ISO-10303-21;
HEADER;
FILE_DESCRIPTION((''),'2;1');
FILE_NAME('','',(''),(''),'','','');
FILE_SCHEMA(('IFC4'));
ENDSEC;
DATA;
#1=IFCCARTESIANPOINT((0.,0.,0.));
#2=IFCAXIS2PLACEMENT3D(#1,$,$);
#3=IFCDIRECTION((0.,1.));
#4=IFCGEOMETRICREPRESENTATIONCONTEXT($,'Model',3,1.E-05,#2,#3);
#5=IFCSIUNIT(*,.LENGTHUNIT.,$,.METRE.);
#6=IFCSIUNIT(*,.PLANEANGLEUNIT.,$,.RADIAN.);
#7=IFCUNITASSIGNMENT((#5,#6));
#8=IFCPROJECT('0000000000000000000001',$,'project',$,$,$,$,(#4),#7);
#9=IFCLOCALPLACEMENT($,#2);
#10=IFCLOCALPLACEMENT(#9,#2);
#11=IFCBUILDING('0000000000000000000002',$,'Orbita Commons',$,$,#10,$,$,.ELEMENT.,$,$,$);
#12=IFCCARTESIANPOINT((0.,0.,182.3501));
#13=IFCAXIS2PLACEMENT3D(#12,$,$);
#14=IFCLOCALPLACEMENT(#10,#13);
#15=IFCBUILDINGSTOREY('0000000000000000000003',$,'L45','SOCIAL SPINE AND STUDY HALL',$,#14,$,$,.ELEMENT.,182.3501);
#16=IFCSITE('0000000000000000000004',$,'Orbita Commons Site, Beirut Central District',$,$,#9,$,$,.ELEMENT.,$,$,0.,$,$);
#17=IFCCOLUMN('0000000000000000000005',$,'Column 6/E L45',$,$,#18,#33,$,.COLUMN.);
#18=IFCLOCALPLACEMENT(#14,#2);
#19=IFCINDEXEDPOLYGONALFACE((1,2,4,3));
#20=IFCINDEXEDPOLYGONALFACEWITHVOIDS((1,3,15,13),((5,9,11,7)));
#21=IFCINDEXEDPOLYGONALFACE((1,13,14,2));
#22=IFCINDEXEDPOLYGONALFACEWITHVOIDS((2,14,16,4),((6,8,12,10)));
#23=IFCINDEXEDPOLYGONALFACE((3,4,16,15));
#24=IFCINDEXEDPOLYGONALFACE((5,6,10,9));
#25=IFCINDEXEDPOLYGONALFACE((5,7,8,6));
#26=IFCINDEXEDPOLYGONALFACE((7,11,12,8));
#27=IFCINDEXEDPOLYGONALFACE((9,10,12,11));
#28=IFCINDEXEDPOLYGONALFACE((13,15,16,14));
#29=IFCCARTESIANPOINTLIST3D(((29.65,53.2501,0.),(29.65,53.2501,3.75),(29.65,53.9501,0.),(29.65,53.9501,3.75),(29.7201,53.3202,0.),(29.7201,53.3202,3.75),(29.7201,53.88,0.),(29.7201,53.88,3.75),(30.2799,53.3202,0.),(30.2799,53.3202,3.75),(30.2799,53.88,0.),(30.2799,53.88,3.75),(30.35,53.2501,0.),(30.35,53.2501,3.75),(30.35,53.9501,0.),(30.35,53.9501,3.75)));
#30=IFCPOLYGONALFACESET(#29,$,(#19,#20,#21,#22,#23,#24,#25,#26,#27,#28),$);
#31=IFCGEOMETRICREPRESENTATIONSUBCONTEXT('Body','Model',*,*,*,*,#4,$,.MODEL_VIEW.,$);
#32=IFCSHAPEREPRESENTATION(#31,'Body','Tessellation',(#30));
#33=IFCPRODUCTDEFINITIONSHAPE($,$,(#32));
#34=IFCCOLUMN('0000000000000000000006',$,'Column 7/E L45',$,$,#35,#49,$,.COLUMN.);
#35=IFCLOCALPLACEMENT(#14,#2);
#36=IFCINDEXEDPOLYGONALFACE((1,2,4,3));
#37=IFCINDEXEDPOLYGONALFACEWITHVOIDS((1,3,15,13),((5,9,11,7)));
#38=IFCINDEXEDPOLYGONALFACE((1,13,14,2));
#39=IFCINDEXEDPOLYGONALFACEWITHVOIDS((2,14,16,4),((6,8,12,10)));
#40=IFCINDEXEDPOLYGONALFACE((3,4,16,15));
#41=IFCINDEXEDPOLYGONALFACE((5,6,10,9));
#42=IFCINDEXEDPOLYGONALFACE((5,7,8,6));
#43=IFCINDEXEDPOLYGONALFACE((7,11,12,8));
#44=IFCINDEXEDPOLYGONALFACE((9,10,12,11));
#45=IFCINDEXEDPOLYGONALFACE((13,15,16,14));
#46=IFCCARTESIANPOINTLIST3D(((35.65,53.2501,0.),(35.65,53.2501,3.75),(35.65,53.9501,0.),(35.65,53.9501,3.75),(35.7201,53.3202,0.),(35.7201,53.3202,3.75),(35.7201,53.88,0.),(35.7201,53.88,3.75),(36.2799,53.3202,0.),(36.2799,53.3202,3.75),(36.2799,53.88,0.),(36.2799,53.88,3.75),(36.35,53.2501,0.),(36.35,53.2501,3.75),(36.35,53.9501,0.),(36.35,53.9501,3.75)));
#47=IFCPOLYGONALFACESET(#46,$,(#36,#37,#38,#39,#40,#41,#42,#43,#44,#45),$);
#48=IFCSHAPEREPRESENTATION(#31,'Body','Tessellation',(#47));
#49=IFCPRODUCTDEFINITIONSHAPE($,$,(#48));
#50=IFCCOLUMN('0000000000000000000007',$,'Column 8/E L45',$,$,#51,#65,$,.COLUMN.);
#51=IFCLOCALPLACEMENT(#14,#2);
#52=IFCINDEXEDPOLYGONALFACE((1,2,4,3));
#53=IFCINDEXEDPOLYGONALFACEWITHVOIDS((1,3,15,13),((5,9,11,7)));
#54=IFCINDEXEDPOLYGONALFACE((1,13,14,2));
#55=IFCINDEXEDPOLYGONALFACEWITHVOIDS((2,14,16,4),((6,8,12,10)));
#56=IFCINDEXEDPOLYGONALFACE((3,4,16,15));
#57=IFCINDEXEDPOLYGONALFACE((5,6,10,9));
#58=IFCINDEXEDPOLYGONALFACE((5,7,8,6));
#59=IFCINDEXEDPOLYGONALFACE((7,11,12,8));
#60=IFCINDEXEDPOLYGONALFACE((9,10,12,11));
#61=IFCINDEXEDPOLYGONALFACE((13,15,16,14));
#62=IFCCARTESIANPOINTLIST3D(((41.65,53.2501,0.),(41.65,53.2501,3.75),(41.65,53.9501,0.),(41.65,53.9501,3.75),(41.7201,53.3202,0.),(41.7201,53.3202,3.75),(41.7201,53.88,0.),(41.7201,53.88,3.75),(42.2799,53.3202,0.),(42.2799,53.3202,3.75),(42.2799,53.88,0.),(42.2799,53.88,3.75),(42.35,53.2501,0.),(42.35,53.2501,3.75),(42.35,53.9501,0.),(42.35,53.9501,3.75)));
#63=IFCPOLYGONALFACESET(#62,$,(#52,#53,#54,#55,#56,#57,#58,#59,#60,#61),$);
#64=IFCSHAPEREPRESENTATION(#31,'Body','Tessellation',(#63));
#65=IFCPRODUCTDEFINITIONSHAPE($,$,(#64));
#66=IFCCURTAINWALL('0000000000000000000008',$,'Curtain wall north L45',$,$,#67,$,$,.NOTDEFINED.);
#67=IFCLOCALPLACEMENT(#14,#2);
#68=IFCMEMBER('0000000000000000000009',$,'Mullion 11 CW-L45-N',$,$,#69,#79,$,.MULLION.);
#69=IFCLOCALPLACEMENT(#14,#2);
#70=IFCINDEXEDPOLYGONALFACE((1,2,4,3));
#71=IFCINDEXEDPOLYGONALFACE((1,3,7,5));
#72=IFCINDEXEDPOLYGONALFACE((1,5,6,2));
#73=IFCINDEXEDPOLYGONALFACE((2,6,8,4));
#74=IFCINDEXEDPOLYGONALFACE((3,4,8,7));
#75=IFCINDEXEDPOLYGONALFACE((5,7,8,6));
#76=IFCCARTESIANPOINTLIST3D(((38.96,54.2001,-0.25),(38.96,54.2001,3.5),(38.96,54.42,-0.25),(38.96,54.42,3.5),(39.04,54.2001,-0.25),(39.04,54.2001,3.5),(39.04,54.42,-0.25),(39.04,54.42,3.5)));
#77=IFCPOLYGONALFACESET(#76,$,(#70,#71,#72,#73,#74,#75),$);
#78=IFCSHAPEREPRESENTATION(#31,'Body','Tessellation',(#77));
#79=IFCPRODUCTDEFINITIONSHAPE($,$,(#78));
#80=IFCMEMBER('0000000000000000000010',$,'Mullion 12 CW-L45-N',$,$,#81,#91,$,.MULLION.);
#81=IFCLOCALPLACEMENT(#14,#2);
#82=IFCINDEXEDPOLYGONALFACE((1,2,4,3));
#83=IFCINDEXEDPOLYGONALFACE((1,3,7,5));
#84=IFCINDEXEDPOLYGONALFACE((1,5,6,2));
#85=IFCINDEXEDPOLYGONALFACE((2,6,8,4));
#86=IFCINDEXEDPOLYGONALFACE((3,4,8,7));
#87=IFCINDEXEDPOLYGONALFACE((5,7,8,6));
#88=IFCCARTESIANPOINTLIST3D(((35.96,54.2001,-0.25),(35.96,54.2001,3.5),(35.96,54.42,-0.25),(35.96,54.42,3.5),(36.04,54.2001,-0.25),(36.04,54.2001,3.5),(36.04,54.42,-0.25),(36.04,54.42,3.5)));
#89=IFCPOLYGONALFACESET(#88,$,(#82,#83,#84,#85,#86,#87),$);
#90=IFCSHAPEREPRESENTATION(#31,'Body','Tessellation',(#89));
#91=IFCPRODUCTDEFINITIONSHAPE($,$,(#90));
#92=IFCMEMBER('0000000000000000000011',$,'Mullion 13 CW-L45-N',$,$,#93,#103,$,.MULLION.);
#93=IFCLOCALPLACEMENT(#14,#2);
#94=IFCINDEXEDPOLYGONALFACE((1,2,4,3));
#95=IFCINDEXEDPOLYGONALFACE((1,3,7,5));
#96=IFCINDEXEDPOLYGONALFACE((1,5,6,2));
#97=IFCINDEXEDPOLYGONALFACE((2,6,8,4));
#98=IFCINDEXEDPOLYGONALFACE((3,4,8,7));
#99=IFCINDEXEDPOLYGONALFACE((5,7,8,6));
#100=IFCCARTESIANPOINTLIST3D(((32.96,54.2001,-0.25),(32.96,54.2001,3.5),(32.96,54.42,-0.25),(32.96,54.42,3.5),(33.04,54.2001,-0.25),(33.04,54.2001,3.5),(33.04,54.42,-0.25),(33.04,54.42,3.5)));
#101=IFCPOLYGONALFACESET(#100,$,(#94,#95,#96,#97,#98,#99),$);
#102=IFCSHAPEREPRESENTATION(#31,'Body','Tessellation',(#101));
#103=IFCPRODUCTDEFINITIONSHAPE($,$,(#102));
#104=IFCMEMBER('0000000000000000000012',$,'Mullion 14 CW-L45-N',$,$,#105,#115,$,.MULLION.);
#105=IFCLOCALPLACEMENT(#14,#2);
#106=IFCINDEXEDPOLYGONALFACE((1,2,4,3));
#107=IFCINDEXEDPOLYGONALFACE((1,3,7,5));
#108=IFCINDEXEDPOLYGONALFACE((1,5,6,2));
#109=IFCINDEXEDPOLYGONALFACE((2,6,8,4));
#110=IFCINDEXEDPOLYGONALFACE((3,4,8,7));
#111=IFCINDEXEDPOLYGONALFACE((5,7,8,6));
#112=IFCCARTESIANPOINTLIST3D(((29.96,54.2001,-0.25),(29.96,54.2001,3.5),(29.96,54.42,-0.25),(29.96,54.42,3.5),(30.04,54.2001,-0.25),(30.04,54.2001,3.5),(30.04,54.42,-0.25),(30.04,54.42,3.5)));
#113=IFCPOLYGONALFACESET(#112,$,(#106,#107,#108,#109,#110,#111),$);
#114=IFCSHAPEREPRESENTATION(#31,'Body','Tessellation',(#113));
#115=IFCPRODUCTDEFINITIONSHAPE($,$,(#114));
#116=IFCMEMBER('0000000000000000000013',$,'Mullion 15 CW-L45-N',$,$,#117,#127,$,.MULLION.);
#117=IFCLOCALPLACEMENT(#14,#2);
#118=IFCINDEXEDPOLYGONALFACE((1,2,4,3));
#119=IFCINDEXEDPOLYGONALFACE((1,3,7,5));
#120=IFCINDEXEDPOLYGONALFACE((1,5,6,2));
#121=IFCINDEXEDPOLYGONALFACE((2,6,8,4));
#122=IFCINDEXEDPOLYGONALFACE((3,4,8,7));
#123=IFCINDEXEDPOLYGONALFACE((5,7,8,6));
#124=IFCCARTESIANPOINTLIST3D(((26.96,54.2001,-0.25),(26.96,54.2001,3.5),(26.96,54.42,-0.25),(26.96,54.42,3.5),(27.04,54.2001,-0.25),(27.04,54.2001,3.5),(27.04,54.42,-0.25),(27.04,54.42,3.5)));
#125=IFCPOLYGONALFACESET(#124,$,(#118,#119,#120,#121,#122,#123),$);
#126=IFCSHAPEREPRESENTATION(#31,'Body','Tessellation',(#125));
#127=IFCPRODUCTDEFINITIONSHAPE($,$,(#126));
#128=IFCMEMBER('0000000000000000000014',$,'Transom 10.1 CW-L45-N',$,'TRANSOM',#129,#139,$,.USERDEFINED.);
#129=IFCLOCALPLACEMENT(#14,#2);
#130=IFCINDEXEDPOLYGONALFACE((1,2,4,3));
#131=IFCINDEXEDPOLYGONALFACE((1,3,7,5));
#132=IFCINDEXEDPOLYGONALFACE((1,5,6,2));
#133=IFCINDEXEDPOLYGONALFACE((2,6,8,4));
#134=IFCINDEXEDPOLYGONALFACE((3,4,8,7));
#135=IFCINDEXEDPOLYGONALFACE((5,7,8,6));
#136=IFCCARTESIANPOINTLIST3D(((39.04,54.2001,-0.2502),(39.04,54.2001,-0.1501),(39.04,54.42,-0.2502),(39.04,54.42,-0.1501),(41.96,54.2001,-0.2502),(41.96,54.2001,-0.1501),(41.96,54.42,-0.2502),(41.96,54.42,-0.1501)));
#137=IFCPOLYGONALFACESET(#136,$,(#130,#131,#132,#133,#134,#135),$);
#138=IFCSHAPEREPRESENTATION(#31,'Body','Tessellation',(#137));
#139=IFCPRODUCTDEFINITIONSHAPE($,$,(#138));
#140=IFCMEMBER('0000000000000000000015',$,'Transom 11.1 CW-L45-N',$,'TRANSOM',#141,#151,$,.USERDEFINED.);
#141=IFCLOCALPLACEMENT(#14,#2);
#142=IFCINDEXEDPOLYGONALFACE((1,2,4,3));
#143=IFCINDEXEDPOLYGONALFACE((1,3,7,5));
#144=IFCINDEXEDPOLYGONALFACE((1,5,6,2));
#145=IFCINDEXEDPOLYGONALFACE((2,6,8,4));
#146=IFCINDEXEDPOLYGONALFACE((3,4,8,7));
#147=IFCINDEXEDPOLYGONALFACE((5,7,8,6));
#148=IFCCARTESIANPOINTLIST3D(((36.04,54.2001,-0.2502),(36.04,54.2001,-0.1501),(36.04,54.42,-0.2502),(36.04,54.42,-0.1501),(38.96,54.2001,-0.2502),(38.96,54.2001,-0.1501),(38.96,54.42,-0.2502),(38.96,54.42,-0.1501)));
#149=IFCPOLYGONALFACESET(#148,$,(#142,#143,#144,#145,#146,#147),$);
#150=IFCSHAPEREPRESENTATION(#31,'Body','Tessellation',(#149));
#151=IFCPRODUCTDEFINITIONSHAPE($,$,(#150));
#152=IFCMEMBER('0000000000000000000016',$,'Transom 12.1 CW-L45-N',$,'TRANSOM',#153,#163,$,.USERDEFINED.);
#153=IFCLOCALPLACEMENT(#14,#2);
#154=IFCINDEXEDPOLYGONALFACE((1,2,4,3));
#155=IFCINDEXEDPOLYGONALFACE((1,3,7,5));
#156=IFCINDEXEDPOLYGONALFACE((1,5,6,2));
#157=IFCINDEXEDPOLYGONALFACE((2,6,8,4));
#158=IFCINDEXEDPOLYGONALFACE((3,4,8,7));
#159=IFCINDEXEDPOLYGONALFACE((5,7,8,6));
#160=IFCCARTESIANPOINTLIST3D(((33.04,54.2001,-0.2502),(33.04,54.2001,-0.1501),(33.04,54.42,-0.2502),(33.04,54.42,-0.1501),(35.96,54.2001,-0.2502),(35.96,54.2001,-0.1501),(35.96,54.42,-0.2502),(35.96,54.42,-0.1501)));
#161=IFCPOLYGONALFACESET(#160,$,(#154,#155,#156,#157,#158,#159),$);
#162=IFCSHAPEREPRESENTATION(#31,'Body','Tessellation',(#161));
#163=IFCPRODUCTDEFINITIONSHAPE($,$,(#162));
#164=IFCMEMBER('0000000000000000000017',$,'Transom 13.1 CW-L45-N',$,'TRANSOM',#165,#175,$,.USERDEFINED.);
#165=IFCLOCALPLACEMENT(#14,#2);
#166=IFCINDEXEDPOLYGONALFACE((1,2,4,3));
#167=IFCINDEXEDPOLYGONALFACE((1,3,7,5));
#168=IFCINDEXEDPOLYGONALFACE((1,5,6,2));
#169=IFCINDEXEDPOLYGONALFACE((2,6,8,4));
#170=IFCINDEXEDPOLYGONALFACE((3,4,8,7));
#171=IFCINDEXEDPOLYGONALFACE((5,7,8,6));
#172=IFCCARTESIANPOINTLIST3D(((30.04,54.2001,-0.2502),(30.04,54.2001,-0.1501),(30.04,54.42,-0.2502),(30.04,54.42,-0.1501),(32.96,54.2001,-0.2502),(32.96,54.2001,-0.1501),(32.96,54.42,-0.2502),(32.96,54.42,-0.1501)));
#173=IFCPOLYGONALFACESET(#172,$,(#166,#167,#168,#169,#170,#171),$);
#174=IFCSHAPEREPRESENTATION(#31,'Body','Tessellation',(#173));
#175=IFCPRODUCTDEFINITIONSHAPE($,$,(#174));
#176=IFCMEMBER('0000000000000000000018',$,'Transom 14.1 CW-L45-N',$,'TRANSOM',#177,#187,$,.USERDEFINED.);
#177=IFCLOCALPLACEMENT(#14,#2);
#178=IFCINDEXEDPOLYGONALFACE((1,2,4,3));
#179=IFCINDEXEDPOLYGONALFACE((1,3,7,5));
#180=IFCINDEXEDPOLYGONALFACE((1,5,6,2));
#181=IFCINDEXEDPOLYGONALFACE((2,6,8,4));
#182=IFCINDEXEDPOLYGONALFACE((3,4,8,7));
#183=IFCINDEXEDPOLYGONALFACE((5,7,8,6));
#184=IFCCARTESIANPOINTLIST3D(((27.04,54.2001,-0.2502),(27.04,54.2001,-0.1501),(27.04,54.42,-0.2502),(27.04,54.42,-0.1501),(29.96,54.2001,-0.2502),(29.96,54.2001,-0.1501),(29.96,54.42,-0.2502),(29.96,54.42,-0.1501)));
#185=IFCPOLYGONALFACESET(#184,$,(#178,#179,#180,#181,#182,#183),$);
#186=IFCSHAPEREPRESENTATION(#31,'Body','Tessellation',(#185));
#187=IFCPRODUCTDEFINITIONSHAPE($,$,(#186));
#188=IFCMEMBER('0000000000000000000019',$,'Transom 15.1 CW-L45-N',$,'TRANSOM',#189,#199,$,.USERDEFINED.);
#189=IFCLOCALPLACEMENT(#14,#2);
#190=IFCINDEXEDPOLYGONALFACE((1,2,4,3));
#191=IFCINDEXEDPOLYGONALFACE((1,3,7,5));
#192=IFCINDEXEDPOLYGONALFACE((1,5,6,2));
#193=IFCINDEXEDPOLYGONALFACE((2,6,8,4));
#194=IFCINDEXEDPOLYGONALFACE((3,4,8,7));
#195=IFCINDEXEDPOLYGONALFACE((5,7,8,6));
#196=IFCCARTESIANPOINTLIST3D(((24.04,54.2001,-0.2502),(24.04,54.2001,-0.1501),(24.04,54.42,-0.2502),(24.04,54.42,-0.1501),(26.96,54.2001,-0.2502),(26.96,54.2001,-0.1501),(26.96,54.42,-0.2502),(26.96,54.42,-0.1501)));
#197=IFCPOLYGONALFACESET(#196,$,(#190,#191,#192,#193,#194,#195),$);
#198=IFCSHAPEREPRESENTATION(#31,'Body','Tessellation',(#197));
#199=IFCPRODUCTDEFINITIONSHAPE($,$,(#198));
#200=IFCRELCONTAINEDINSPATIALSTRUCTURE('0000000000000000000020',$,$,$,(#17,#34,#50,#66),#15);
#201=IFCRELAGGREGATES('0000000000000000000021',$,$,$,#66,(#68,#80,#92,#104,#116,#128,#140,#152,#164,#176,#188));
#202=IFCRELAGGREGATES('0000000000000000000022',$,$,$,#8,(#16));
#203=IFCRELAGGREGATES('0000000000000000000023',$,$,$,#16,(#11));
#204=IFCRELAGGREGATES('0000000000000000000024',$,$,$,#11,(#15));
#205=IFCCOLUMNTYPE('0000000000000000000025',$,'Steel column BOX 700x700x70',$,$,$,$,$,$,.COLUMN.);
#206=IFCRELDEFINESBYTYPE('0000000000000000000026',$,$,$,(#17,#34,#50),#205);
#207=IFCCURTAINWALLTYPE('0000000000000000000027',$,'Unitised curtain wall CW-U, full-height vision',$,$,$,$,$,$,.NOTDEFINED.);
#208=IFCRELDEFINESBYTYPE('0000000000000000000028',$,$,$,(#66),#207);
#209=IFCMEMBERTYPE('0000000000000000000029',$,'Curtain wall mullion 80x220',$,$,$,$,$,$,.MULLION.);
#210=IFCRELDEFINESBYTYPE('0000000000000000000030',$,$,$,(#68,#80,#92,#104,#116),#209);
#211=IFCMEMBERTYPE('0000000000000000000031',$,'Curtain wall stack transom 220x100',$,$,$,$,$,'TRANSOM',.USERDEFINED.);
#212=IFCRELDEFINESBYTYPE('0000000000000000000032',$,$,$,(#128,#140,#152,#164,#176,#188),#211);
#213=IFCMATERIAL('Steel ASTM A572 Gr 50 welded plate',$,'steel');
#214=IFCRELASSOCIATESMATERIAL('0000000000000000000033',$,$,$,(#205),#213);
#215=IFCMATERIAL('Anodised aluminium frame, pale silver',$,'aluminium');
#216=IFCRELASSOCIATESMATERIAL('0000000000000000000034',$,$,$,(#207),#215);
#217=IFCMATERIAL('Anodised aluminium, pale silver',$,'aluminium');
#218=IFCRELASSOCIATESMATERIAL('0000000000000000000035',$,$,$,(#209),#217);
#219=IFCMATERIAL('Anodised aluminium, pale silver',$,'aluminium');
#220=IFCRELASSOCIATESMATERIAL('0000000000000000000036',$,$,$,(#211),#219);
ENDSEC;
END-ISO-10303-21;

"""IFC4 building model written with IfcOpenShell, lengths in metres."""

from ifc_helpers import new_model, si_unit, direction, frame, origin, origin_2d, place, context, subcontext, project, spatial, rectangle, hollow_rectangle, extrude, material, material_profile, profile_set, type_object, element, aggregate, save


model = new_model("IFC4")

# Units and contexts
model_context = context("Model", 3, precision=1e-05, world=origin(), true_north=direction((0.0, 1.0)))
body_context = subcontext(model_context, "Body", "Model", "MODEL_VIEW")
ifc_project = project(units=[si_unit("LENGTHUNIT", "METRE"), si_unit("PLANEANGLEUNIT", "RADIAN")], contexts=[model_context])

# Site, building, storey
site_placement = place(None, origin())
site = spatial("IfcSite", under=ifc_project, at=site_placement, Name="Orbita Commons Site, Beirut Central District", CompositionType="ELEMENT", RefElevation=0.0)
building_placement = place(site_placement, origin())
building = spatial("IfcBuilding", under=site, at=building_placement, Name="Orbita Commons", CompositionType="ELEMENT")
storey_placement = place(building_placement, frame((0.0, 0.0, 182.3501)))
storey = spatial("IfcBuildingStorey", under=building, at=storey_placement, Name="L45", Description="SOCIAL SPINE AND STUDY HALL", CompositionType="ELEMENT", Elevation=182.3501)

# Columns
ifc_material_1 = material(Name="Steel ASTM A572 Gr 50 welded plate", Category="steel")
ifc_material_profile_1 = material_profile(ifc_material_1, hollow_rectangle(XDim=0.7, YDim=0.7, WallThickness=0.0701, at=origin_2d()), Name="BOX 700x700x70")
ifc_profile_set_1 = profile_set([ifc_material_profile_1], Name="Steel ASTM A572 Gr 50 welded plate")
column_type = type_object("IfcColumnType", Name="Steel column BOX 700x700x70", PredefinedType="COLUMN", material=ifc_profile_set_1)
for number, where, z_axis, x_axis, name in (
    (1, (30.0, 53.6001, 0.0), (0.0, 0.0, 1.0), (1.0, 0.0, 0.0), "Column 6/E L45"),
    (2, (36.0, 53.6001, 0.0), (0.0, 0.0, 1.0), (1.0, 0.0, 0.0), "Column 7/E L45"),
    (3, (42.0, 53.6001, 0.0), (0.0, 0.0, 1.0), (1.0, 0.0, 0.0), "Column 8/E L45"),
):
    element("IfcColumn", number, at=place(storey_placement, frame(where, z_axis=z_axis, x_axis=x_axis)), inside=storey, type_object=column_type, Name=name, PredefinedType="COLUMN", context=body_context, shape_type="SweptSolid", body=[
        extrude(hollow_rectangle(XDim=0.7, YDim=0.7, WallThickness=0.0701, at=origin_2d()), origin(), (0.0, 0.0, 1.0), 3.75),
    ])

# Curtain wall, members
ifc_material_2 = material(Name="Anodised aluminium frame, pale silver", Category="aluminium")
curtain_wall_type = type_object("IfcCurtainWallType", Name="Unitised curtain wall CW-U, full-height vision", PredefinedType="NOTDEFINED", material=ifc_material_2)
curtain_wall_placement = place(storey_placement, origin())
curtain_wall = element("IfcCurtainWall", 4, at=curtain_wall_placement, inside=storey, type_object=curtain_wall_type, Name="Curtain wall north L45", PredefinedType="NOTDEFINED")
ifc_material_3 = material(Name="Anodised aluminium, pale silver", Category="aluminium")
ifc_material_profile_2 = material_profile(ifc_material_3, rectangle(XDim=0.0801, YDim=0.22, at=origin_2d()), Name="AL 80x220")
ifc_profile_set_2 = profile_set([ifc_material_profile_2], Name="Anodised aluminium, pale silver")
member_type_1 = type_object("IfcMemberType", Name="Curtain wall mullion 80x220", PredefinedType="MULLION", material=ifc_profile_set_2)
member_1_placement = place(storey_placement, frame((39.0, 54.3101, -0.25), z_axis=(0.0, 0.0, 1.0), x_axis=(-1.0, 0.0, 0.0)))
member_1 = element("IfcMember", 5, at=member_1_placement, type_object=member_type_1, Name="Mullion 11 CW-L45-N", PredefinedType="MULLION", context=body_context, shape_type="SweptSolid", body=[
    extrude(rectangle(XDim=0.0801, YDim=0.22, at=origin_2d()), origin(), (0.0, 0.0, 1.0), 3.75),
])
member_2_placement = place(storey_placement, frame((36.0, 54.3101, -0.25), z_axis=(0.0, 0.0, 1.0), x_axis=(-1.0, 0.0, 0.0)))
member_2 = element("IfcMember", 6, at=member_2_placement, type_object=member_type_1, Name="Mullion 12 CW-L45-N", PredefinedType="MULLION", context=body_context, shape_type="SweptSolid", body=[
    extrude(rectangle(XDim=0.0801, YDim=0.22, at=origin_2d()), origin(), (0.0, 0.0, 1.0), 3.75),
])
member_3_placement = place(storey_placement, frame((33.0, 54.3101, -0.25), z_axis=(0.0, 0.0, 1.0), x_axis=(-1.0, 0.0, 0.0)))
member_3 = element("IfcMember", 7, at=member_3_placement, type_object=member_type_1, Name="Mullion 13 CW-L45-N", PredefinedType="MULLION", context=body_context, shape_type="SweptSolid", body=[
    extrude(rectangle(XDim=0.0801, YDim=0.22, at=origin_2d()), origin(), (0.0, 0.0, 1.0), 3.75),
])
member_4_placement = place(storey_placement, frame((30.0, 54.3101, -0.25), z_axis=(0.0, 0.0, 1.0), x_axis=(-1.0, 0.0, 0.0)))
member_4 = element("IfcMember", 8, at=member_4_placement, type_object=member_type_1, Name="Mullion 14 CW-L45-N", PredefinedType="MULLION", context=body_context, shape_type="SweptSolid", body=[
    extrude(rectangle(XDim=0.0801, YDim=0.22, at=origin_2d()), origin(), (0.0, 0.0, 1.0), 3.75),
])
member_5_placement = place(storey_placement, frame((27.0, 54.3101, -0.25), z_axis=(0.0, 0.0, 1.0), x_axis=(-1.0, 0.0, 0.0)))
member_5 = element("IfcMember", 9, at=member_5_placement, type_object=member_type_1, Name="Mullion 15 CW-L45-N", PredefinedType="MULLION", context=body_context, shape_type="SweptSolid", body=[
    extrude(rectangle(XDim=0.0801, YDim=0.22, at=origin_2d()), origin(), (0.0, 0.0, 1.0), 3.75),
])
ifc_material_4 = material(Name="Anodised aluminium, pale silver", Category="aluminium")
ifc_material_profile_3 = material_profile(ifc_material_4, rectangle(XDim=0.22, YDim=0.1001, at=origin_2d()), Name="AL 220x100")
ifc_profile_set_3 = profile_set([ifc_material_profile_3], Name="Anodised aluminium, pale silver")
member_type_2 = type_object("IfcMemberType", Name="Curtain wall stack transom 220x100", ElementType="TRANSOM", PredefinedType="USERDEFINED", material=ifc_profile_set_3)
member_6_placement = place(storey_placement, frame((41.96, 54.3101, -0.2002), z_axis=(-1.0, 0.0, 0.0), x_axis=(0.0, -1.0, 0.0)))
member_6 = element("IfcMember", 10, at=member_6_placement, type_object=member_type_2, Name="Transom 10.1 CW-L45-N", ObjectType="TRANSOM", PredefinedType="USERDEFINED", context=body_context, shape_type="SweptSolid", body=[
    extrude(rectangle(XDim=0.22, YDim=0.1001, at=origin_2d()), origin(), (0.0, 0.0, 1.0), 2.9199),
])
member_7_placement = place(storey_placement, frame((38.96, 54.3101, -0.2002), z_axis=(-1.0, 0.0, 0.0), x_axis=(0.0, -1.0, 0.0)))
member_7 = element("IfcMember", 11, at=member_7_placement, type_object=member_type_2, Name="Transom 11.1 CW-L45-N", ObjectType="TRANSOM", PredefinedType="USERDEFINED", context=body_context, shape_type="SweptSolid", body=[
    extrude(rectangle(XDim=0.22, YDim=0.1001, at=origin_2d()), origin(), (0.0, 0.0, 1.0), 2.9199),
])
member_8_placement = place(storey_placement, frame((35.96, 54.3101, -0.2002), z_axis=(-1.0, 0.0, 0.0), x_axis=(0.0, -1.0, 0.0)))
member_8 = element("IfcMember", 12, at=member_8_placement, type_object=member_type_2, Name="Transom 12.1 CW-L45-N", ObjectType="TRANSOM", PredefinedType="USERDEFINED", context=body_context, shape_type="SweptSolid", body=[
    extrude(rectangle(XDim=0.22, YDim=0.1001, at=origin_2d()), origin(), (0.0, 0.0, 1.0), 2.9199),
])
member_9_placement = place(storey_placement, frame((32.96, 54.3101, -0.2002), z_axis=(-1.0, 0.0, 0.0), x_axis=(0.0, -1.0, 0.0)))
member_9 = element("IfcMember", 13, at=member_9_placement, type_object=member_type_2, Name="Transom 13.1 CW-L45-N", ObjectType="TRANSOM", PredefinedType="USERDEFINED", context=body_context, shape_type="SweptSolid", body=[
    extrude(rectangle(XDim=0.22, YDim=0.1001, at=origin_2d()), origin(), (0.0, 0.0, 1.0), 2.9199),
])
member_10_placement = place(storey_placement, frame((29.96, 54.3101, -0.2002), z_axis=(-1.0, 0.0, 0.0), x_axis=(0.0, -1.0, 0.0)))
member_10 = element("IfcMember", 14, at=member_10_placement, type_object=member_type_2, Name="Transom 14.1 CW-L45-N", ObjectType="TRANSOM", PredefinedType="USERDEFINED", context=body_context, shape_type="SweptSolid", body=[
    extrude(rectangle(XDim=0.22, YDim=0.1001, at=origin_2d()), origin(), (0.0, 0.0, 1.0), 2.9199),
])
member_11_placement = place(storey_placement, frame((26.96, 54.3101, -0.2002), z_axis=(-1.0, 0.0, 0.0), x_axis=(0.0, -1.0, 0.0)))
member_11 = element("IfcMember", 15, at=member_11_placement, type_object=member_type_2, Name="Transom 15.1 CW-L45-N", ObjectType="TRANSOM", PredefinedType="USERDEFINED", context=body_context, shape_type="SweptSolid", body=[
    extrude(rectangle(XDim=0.22, YDim=0.1001, at=origin_2d()), origin(), (0.0, 0.0, 1.0), 2.9199),
])

aggregate(curtain_wall, [member_1, member_2, member_3, member_4, member_5, member_6, member_7, member_8, member_9, member_10, member_11])

save(model, "model.ifc")
